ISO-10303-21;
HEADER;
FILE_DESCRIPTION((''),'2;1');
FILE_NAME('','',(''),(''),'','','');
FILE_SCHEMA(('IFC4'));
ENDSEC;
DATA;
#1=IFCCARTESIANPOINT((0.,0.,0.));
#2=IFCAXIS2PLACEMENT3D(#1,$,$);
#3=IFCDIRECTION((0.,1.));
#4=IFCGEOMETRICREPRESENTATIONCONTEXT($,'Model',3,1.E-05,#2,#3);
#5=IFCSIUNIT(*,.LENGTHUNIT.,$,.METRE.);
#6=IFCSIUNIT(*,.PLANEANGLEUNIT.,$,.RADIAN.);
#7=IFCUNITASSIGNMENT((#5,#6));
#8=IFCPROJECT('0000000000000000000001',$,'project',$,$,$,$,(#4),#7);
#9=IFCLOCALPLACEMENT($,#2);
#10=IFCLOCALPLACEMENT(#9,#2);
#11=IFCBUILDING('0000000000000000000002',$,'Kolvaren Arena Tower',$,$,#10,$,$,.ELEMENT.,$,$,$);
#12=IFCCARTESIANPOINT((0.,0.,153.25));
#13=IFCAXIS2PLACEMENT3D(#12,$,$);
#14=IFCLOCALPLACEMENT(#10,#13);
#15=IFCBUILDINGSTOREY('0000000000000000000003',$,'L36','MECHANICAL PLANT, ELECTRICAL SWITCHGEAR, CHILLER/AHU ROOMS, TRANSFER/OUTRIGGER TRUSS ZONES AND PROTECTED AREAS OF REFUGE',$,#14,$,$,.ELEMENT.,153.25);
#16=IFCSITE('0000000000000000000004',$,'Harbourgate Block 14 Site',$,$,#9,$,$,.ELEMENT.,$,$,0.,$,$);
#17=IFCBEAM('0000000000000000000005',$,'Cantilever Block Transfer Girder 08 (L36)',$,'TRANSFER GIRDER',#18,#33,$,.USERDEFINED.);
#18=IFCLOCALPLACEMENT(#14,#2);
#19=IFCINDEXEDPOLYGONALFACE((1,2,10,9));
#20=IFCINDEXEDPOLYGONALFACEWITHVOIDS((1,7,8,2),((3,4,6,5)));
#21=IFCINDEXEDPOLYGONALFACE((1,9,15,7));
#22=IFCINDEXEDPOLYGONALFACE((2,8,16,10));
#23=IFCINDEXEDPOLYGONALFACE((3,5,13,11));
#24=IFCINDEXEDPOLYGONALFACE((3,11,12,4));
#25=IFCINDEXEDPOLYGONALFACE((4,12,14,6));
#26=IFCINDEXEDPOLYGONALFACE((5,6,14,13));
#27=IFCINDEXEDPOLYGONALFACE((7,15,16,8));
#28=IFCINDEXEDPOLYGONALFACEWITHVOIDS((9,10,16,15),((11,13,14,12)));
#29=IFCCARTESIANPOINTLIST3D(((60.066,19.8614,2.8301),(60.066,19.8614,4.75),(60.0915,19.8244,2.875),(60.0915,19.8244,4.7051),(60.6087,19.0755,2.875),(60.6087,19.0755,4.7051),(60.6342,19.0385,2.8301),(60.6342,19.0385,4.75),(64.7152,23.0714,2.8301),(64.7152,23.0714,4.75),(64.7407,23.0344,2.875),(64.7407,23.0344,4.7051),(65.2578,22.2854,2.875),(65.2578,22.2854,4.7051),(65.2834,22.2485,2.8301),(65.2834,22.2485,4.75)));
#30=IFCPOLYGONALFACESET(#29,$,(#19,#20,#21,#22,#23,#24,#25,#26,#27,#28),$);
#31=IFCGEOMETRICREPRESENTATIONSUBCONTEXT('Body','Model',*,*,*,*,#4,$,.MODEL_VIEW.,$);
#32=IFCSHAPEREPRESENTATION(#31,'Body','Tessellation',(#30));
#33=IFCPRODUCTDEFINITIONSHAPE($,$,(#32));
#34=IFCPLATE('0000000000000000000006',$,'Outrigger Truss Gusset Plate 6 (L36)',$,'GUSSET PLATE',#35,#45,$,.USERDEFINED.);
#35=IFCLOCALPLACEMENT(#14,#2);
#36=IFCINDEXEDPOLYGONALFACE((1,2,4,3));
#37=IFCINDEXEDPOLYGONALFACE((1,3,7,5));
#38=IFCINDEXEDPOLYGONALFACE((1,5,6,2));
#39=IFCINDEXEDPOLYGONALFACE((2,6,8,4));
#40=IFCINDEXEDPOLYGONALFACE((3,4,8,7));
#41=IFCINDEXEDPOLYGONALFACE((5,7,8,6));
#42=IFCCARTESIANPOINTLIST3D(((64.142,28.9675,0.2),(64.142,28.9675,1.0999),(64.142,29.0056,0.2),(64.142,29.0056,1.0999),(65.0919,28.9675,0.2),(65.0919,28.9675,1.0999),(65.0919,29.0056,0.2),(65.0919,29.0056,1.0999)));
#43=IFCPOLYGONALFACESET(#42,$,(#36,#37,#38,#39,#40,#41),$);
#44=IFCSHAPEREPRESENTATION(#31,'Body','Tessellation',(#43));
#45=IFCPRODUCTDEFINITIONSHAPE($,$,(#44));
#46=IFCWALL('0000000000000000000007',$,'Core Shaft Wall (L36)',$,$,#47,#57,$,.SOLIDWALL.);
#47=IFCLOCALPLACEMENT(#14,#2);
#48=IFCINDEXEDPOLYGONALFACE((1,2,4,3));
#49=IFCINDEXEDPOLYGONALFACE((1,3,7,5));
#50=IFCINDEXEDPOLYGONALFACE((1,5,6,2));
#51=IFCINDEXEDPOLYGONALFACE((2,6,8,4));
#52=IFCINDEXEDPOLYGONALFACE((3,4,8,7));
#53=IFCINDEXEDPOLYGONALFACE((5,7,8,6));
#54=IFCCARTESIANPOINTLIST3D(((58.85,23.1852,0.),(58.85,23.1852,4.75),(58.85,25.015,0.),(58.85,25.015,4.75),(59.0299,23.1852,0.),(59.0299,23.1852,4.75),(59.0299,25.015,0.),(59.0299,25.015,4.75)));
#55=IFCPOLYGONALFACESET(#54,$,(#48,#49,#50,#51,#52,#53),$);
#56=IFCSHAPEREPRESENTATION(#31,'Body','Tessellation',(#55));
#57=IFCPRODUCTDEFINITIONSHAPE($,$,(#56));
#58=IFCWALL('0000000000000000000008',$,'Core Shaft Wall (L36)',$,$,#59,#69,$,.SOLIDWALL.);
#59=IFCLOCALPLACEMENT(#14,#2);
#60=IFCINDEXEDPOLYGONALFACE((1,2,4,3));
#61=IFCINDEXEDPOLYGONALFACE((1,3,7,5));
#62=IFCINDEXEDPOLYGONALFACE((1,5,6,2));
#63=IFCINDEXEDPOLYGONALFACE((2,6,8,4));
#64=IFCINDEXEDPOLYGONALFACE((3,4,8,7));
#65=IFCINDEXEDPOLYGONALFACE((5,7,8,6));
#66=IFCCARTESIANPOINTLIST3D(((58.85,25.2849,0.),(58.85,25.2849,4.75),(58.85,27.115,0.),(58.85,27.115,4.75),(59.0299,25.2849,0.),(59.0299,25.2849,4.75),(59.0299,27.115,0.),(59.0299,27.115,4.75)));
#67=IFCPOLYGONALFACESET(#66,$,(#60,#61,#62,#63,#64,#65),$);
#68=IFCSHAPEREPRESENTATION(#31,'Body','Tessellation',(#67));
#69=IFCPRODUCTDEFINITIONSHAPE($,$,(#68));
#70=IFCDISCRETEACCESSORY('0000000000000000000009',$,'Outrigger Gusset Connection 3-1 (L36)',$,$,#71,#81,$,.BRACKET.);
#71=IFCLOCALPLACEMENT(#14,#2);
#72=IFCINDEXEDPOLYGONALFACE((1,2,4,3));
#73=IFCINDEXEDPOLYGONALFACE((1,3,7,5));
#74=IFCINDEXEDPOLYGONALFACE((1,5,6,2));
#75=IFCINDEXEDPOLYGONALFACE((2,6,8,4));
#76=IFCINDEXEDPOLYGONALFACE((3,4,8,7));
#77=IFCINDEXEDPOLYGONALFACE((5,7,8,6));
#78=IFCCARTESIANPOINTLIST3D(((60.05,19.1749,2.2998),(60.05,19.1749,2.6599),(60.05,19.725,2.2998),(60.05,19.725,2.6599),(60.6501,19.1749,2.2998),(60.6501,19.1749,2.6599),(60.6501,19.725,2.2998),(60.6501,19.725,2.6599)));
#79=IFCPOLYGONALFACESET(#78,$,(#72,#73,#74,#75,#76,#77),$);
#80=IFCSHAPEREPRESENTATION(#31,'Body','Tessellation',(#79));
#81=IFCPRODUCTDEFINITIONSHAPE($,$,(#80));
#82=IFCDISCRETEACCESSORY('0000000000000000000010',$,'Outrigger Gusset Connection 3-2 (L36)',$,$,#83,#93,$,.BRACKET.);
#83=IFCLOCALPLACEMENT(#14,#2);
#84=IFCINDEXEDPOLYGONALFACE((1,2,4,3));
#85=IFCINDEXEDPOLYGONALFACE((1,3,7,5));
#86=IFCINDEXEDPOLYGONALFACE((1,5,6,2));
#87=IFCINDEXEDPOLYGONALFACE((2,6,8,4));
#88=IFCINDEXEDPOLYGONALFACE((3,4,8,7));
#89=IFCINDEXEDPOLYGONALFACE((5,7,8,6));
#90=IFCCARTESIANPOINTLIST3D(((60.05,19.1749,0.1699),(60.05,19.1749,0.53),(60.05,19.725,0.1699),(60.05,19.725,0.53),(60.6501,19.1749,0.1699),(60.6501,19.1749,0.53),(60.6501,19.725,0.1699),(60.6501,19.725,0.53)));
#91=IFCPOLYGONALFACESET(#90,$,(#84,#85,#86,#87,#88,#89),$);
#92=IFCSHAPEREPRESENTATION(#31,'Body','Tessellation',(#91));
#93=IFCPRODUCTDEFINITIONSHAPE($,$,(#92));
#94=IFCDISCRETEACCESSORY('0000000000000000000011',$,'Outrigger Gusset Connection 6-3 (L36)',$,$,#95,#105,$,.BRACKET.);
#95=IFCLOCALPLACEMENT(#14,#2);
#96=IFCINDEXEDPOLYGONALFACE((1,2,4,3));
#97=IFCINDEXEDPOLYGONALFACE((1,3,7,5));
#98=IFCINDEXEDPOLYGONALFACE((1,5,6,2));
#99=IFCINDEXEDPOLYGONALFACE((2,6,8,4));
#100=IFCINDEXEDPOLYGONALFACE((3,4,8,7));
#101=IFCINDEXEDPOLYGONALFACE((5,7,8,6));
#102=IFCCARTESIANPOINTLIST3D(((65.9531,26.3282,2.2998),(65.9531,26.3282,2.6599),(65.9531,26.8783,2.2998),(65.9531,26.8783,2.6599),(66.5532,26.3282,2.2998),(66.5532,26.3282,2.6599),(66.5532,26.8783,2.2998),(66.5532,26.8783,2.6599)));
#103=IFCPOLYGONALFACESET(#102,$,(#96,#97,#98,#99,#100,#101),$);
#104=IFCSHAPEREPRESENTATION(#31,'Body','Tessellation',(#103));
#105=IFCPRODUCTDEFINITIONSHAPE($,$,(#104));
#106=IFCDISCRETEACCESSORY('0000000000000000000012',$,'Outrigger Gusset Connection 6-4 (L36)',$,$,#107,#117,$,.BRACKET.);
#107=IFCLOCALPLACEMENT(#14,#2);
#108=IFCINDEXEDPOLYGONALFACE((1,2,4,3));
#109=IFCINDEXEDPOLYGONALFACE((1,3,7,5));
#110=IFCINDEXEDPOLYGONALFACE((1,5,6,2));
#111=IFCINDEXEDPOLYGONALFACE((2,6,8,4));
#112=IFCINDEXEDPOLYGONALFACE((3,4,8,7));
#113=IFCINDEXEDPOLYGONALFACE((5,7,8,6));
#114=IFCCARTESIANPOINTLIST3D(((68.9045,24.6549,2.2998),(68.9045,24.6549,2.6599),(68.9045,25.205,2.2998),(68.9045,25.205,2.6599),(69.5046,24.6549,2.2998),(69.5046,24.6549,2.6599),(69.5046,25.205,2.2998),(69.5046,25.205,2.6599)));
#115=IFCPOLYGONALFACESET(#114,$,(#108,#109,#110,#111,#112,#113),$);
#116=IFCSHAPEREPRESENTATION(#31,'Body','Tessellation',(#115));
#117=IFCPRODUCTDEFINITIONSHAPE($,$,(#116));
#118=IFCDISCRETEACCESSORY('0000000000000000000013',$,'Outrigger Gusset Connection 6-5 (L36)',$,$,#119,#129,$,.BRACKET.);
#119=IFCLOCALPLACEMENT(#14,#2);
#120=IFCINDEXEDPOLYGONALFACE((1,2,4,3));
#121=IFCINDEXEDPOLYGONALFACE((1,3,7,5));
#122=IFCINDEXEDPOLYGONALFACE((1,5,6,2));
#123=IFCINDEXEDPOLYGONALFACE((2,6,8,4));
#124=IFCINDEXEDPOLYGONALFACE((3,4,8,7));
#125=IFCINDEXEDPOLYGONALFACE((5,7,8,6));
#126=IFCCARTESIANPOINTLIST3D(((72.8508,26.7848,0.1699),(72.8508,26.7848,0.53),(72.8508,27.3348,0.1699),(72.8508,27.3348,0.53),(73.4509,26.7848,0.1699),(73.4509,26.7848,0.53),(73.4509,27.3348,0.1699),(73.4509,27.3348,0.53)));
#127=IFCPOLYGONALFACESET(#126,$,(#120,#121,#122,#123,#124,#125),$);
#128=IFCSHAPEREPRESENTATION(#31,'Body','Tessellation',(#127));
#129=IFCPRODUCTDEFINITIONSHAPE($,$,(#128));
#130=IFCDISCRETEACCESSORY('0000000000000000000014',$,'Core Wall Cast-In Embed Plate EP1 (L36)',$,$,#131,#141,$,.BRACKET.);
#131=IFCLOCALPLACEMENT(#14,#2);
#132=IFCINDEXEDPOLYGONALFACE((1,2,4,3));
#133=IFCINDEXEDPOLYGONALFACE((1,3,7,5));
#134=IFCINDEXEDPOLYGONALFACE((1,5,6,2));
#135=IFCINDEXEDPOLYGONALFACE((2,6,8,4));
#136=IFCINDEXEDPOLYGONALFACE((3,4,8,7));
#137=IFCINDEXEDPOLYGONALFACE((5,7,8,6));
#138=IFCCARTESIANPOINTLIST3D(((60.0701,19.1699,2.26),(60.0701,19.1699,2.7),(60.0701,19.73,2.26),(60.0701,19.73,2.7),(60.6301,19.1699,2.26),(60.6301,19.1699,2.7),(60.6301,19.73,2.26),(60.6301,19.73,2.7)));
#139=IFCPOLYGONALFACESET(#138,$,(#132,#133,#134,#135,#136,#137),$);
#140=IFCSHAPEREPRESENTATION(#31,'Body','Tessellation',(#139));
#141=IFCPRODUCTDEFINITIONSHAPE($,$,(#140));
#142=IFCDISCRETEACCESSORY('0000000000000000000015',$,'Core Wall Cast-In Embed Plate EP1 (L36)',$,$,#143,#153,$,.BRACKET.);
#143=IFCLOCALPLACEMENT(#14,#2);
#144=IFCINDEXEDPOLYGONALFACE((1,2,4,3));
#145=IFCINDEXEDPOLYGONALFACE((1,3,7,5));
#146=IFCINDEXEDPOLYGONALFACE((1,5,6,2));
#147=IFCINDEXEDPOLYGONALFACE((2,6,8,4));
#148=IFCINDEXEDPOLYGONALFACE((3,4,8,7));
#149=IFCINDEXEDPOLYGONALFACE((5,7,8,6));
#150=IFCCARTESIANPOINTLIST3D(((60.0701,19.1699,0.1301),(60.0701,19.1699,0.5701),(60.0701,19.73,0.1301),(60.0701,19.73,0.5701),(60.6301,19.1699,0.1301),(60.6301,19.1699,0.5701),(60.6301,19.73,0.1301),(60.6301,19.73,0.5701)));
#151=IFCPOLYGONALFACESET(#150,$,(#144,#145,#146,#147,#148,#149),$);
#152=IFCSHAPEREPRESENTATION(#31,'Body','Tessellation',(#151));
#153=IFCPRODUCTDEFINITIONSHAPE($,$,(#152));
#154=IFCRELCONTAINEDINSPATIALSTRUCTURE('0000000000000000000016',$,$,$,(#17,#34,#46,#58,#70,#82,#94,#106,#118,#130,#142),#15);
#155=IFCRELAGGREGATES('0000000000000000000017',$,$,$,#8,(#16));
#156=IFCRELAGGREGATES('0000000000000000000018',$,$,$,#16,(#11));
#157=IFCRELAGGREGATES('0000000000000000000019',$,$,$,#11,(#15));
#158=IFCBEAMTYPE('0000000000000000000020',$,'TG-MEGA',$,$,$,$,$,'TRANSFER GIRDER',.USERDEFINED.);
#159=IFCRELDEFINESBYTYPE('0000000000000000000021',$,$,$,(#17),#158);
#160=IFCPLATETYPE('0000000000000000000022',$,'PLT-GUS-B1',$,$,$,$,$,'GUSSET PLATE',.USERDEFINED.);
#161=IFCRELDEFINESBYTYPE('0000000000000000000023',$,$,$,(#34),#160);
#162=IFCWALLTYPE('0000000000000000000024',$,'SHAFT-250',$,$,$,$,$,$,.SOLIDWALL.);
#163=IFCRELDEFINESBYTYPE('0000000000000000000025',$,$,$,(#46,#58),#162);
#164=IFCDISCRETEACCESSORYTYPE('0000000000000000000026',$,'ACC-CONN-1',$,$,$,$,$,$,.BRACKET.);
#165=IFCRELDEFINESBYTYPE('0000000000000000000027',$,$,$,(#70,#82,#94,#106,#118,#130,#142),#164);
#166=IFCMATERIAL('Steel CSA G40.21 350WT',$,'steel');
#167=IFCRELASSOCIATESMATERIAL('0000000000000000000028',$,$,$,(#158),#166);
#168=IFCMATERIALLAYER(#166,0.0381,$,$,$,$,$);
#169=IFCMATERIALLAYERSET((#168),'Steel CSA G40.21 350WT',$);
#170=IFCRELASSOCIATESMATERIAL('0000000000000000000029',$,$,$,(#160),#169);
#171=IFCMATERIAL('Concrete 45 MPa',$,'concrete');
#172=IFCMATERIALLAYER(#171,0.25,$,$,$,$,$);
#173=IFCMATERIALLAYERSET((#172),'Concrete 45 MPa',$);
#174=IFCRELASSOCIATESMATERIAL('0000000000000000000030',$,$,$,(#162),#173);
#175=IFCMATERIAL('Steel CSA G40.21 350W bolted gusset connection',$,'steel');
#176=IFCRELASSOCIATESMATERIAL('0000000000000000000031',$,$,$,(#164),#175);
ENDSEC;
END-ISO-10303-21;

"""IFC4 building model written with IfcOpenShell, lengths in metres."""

from ifc_helpers import new_model, si_unit, direction, frame, frame_2d, origin, origin_2d, place, context, subcontext, project, spatial, rectangle, hollow_rectangle, extrude, material, layer, layer_set, material_profile, profile_set, type_object, element, save


model = new_model("IFC4")

# Units and contexts
model_context = context("Model", 3, precision=1e-05, world=origin(), true_north=direction((0.0, 1.0)))
body_context = subcontext(model_context, "Body", "Model", "MODEL_VIEW")
ifc_project = project(units=[si_unit("LENGTHUNIT", "METRE"), si_unit("PLANEANGLEUNIT", "RADIAN")], contexts=[model_context])

# Site, building, storey
site_placement = place(None, origin())
site = spatial("IfcSite", under=ifc_project, at=site_placement, Name="Harbourgate Block 14 Site", CompositionType="ELEMENT", RefElevation=0.0)
building_placement = place(site_placement, origin())
building = spatial("IfcBuilding", under=site, at=building_placement, Name="Kolvaren Arena Tower", CompositionType="ELEMENT")
storey_placement = place(building_placement, frame((0.0, 0.0, 153.25)))
storey = spatial("IfcBuildingStorey", under=building, at=storey_placement, Name="L36", Description="MECHANICAL PLANT, ELECTRICAL SWITCHGEAR, CHILLER/AHU ROOMS, TRANSFER/OUTRIGGER TRUSS ZONES AND PROTECTED AREAS OF REFUGE", CompositionType="ELEMENT", Elevation=153.25)

# Shared definitions
ifc_material_1 = material(Name="Steel CSA G40.21 350WT", Category="steel")

# Beam
ifc_material_profile_1 = material_profile(ifc_material_1, hollow_rectangle(XDim=1.0, YDim=1.9199, WallThickness=0.0449, at=origin_2d()), Name="BOX 1000x1920x45")
ifc_profile_set_1 = profile_set([ifc_material_profile_1], Name="Steel CSA G40.21 350WT")
beam_type_1 = type_object("IfcBeamType", Name="TG-MEGA", ElementType="TRANSFER GIRDER", PredefinedType="USERDEFINED", material=ifc_profile_set_1)
beam_1_placement = place(storey_placement, frame((64.9993, 22.6599, 3.79), z_axis=(-0.822912, -0.568169, 0.0), x_axis=(0.568169, -0.822912, 0.0)))
element("IfcBeam", 1, at=beam_1_placement, inside=storey, type_object=beam_type_1, Name="Cantilever Block Transfer Girder 08 (L36)", ObjectType="TRANSFER GIRDER", PredefinedType="USERDEFINED", context=body_context, shape_type="SweptSolid", body=[
    extrude(hollow_rectangle(XDim=1.0, YDim=1.9199, WallThickness=0.0449, at=origin_2d()), origin(), (0.0, 0.0, 1.0), 5.6497),
])

# Plate
ifc_layer_1 = layer(ifc_material_1, 0.0381)
ifc_layer_set_1 = layer_set([ifc_layer_1], Name="Steel CSA G40.21 350WT")
plate_type = type_object("IfcPlateType", Name="PLT-GUS-B1", ElementType="GUSSET PLATE", PredefinedType="USERDEFINED", material=ifc_layer_set_1)
plate_placement = place(storey_placement, frame((64.6169, 28.9866, 0.2), z_axis=(0.0, 0.0, 1.0), x_axis=(1.0, 0.0, 0.0)))
element("IfcPlate", 2, at=plate_placement, inside=storey, type_object=plate_type, Name="Outrigger Truss Gusset Plate 6 (L36)", ObjectType="GUSSET PLATE", PredefinedType="USERDEFINED", context=body_context, shape_type="SweptSolid", body=[
    extrude(rectangle(XDim=0.95, YDim=0.0381, at=origin_2d()), origin(), (0.0, 0.0, 1.0), 0.8999),
])

# Walls
ifc_material_2 = material(Name="Concrete 45 MPa", Category="concrete")
ifc_layer_2 = layer(ifc_material_2, 0.25)
ifc_layer_set_2 = layer_set([ifc_layer_2], Name="Concrete 45 MPa")
wall_type = type_object("IfcWallType", Name="SHAFT-250", PredefinedType="SOLIDWALL", material=ifc_layer_set_2)
wall_1_placement = place(storey_placement, frame((58.9399, 23.1851, 0.0), z_axis=(0.0, 0.0, 1.0), x_axis=(0.0, 1.0, 0.0)))
element("IfcWall", 3, at=wall_1_placement, inside=storey, type_object=wall_type, Name="Core Shaft Wall (L36)", PredefinedType="SOLIDWALL", context=body_context, shape_type="SweptSolid", body=[
    extrude(rectangle(XDim=1.8298, YDim=0.1799, at=frame_2d((0.915, 0.0))), origin(), (0.0, 0.0, 1.0), 4.75),
])
wall_2_placement = place(storey_placement, frame((58.9399, 25.2849, 0.0), z_axis=(0.0, 0.0, 1.0), x_axis=(0.0, 1.0, 0.0)))
element("IfcWall", 4, at=wall_2_placement, inside=storey, type_object=wall_type, Name="Core Shaft Wall (L36)", PredefinedType="SOLIDWALL", context=body_context, shape_type="SweptSolid", body=[
    extrude(rectangle(XDim=1.8301, YDim=0.1799, at=frame_2d((0.915, 0.0))), origin(), (0.0, 0.0, 1.0), 4.75),
])

# Discrete accessories
ifc_material_3 = material(Name="Steel CSA G40.21 350W bolted gusset connection", Category="steel")
discrete_accessory_type = type_object("IfcDiscreteAccessoryType", Name="ACC-CONN-1", PredefinedType="BRACKET", material=ifc_material_3)
for number, where, z_axis, x_axis, name in (
    (5, (60.3501, 19.45, 2.2998), (0.0, 0.0, 1.0), (1.0, 0.0, 0.0), "Outrigger Gusset Connection 3-1 (L36)"),
    (6, (60.3501, 19.45, 0.1699), (0.0, 0.0, 1.0), (1.0, 0.0, 0.0), "Outrigger Gusset Connection 3-2 (L36)"),
    (7, (66.2532, 26.6033, 2.2998), (0.0, 0.0, 1.0), (1.0, 0.0, 0.0), "Outrigger Gusset Connection 6-3 (L36)"),
    (8, (69.2046, 24.9299, 2.2998), (0.0, 0.0, 1.0), (1.0, 0.0, 0.0), "Outrigger Gusset Connection 6-4 (L36)"),
    (9, (73.1509, 27.0598, 0.1699), (0.0, 0.0, 1.0), (1.0, 0.0, 0.0), "Outrigger Gusset Connection 6-5 (L36)"),
):
    element("IfcDiscreteAccessory", number, at=place(storey_placement, frame(where, z_axis=z_axis, x_axis=x_axis)), inside=storey, type_object=discrete_accessory_type, Name=name, PredefinedType="BRACKET", context=body_context, shape_type="SweptSolid", body=[
        extrude(rectangle(XDim=0.6001, YDim=0.55, at=origin_2d()), origin(), (0.0, 0.0, 1.0), 0.3601),
    ])
for number, where, z_axis, x_axis, name in (
    (10, (60.3501, 19.45, 2.26), (0.0, 0.0, 1.0), (1.0, 0.0, 0.0), "Core Wall Cast-In Embed Plate EP1 (L36)"),
    (11, (60.3501, 19.45, 0.1301), (0.0, 0.0, 1.0), (1.0, 0.0, 0.0), "Core Wall Cast-In Embed Plate EP1 (L36)"),
):
    element("IfcDiscreteAccessory", number, at=place(storey_placement, frame(where, z_axis=z_axis, x_axis=x_axis)), inside=storey, type_object=discrete_accessory_type, Name=name, PredefinedType="BRACKET", context=body_context, shape_type="SweptSolid", body=[
        extrude(rectangle(XDim=0.5601, YDim=0.5601, at=origin_2d()), origin(), (0.0, 0.0, 1.0), 0.4399),
    ])

save(model, "model.ifc")
